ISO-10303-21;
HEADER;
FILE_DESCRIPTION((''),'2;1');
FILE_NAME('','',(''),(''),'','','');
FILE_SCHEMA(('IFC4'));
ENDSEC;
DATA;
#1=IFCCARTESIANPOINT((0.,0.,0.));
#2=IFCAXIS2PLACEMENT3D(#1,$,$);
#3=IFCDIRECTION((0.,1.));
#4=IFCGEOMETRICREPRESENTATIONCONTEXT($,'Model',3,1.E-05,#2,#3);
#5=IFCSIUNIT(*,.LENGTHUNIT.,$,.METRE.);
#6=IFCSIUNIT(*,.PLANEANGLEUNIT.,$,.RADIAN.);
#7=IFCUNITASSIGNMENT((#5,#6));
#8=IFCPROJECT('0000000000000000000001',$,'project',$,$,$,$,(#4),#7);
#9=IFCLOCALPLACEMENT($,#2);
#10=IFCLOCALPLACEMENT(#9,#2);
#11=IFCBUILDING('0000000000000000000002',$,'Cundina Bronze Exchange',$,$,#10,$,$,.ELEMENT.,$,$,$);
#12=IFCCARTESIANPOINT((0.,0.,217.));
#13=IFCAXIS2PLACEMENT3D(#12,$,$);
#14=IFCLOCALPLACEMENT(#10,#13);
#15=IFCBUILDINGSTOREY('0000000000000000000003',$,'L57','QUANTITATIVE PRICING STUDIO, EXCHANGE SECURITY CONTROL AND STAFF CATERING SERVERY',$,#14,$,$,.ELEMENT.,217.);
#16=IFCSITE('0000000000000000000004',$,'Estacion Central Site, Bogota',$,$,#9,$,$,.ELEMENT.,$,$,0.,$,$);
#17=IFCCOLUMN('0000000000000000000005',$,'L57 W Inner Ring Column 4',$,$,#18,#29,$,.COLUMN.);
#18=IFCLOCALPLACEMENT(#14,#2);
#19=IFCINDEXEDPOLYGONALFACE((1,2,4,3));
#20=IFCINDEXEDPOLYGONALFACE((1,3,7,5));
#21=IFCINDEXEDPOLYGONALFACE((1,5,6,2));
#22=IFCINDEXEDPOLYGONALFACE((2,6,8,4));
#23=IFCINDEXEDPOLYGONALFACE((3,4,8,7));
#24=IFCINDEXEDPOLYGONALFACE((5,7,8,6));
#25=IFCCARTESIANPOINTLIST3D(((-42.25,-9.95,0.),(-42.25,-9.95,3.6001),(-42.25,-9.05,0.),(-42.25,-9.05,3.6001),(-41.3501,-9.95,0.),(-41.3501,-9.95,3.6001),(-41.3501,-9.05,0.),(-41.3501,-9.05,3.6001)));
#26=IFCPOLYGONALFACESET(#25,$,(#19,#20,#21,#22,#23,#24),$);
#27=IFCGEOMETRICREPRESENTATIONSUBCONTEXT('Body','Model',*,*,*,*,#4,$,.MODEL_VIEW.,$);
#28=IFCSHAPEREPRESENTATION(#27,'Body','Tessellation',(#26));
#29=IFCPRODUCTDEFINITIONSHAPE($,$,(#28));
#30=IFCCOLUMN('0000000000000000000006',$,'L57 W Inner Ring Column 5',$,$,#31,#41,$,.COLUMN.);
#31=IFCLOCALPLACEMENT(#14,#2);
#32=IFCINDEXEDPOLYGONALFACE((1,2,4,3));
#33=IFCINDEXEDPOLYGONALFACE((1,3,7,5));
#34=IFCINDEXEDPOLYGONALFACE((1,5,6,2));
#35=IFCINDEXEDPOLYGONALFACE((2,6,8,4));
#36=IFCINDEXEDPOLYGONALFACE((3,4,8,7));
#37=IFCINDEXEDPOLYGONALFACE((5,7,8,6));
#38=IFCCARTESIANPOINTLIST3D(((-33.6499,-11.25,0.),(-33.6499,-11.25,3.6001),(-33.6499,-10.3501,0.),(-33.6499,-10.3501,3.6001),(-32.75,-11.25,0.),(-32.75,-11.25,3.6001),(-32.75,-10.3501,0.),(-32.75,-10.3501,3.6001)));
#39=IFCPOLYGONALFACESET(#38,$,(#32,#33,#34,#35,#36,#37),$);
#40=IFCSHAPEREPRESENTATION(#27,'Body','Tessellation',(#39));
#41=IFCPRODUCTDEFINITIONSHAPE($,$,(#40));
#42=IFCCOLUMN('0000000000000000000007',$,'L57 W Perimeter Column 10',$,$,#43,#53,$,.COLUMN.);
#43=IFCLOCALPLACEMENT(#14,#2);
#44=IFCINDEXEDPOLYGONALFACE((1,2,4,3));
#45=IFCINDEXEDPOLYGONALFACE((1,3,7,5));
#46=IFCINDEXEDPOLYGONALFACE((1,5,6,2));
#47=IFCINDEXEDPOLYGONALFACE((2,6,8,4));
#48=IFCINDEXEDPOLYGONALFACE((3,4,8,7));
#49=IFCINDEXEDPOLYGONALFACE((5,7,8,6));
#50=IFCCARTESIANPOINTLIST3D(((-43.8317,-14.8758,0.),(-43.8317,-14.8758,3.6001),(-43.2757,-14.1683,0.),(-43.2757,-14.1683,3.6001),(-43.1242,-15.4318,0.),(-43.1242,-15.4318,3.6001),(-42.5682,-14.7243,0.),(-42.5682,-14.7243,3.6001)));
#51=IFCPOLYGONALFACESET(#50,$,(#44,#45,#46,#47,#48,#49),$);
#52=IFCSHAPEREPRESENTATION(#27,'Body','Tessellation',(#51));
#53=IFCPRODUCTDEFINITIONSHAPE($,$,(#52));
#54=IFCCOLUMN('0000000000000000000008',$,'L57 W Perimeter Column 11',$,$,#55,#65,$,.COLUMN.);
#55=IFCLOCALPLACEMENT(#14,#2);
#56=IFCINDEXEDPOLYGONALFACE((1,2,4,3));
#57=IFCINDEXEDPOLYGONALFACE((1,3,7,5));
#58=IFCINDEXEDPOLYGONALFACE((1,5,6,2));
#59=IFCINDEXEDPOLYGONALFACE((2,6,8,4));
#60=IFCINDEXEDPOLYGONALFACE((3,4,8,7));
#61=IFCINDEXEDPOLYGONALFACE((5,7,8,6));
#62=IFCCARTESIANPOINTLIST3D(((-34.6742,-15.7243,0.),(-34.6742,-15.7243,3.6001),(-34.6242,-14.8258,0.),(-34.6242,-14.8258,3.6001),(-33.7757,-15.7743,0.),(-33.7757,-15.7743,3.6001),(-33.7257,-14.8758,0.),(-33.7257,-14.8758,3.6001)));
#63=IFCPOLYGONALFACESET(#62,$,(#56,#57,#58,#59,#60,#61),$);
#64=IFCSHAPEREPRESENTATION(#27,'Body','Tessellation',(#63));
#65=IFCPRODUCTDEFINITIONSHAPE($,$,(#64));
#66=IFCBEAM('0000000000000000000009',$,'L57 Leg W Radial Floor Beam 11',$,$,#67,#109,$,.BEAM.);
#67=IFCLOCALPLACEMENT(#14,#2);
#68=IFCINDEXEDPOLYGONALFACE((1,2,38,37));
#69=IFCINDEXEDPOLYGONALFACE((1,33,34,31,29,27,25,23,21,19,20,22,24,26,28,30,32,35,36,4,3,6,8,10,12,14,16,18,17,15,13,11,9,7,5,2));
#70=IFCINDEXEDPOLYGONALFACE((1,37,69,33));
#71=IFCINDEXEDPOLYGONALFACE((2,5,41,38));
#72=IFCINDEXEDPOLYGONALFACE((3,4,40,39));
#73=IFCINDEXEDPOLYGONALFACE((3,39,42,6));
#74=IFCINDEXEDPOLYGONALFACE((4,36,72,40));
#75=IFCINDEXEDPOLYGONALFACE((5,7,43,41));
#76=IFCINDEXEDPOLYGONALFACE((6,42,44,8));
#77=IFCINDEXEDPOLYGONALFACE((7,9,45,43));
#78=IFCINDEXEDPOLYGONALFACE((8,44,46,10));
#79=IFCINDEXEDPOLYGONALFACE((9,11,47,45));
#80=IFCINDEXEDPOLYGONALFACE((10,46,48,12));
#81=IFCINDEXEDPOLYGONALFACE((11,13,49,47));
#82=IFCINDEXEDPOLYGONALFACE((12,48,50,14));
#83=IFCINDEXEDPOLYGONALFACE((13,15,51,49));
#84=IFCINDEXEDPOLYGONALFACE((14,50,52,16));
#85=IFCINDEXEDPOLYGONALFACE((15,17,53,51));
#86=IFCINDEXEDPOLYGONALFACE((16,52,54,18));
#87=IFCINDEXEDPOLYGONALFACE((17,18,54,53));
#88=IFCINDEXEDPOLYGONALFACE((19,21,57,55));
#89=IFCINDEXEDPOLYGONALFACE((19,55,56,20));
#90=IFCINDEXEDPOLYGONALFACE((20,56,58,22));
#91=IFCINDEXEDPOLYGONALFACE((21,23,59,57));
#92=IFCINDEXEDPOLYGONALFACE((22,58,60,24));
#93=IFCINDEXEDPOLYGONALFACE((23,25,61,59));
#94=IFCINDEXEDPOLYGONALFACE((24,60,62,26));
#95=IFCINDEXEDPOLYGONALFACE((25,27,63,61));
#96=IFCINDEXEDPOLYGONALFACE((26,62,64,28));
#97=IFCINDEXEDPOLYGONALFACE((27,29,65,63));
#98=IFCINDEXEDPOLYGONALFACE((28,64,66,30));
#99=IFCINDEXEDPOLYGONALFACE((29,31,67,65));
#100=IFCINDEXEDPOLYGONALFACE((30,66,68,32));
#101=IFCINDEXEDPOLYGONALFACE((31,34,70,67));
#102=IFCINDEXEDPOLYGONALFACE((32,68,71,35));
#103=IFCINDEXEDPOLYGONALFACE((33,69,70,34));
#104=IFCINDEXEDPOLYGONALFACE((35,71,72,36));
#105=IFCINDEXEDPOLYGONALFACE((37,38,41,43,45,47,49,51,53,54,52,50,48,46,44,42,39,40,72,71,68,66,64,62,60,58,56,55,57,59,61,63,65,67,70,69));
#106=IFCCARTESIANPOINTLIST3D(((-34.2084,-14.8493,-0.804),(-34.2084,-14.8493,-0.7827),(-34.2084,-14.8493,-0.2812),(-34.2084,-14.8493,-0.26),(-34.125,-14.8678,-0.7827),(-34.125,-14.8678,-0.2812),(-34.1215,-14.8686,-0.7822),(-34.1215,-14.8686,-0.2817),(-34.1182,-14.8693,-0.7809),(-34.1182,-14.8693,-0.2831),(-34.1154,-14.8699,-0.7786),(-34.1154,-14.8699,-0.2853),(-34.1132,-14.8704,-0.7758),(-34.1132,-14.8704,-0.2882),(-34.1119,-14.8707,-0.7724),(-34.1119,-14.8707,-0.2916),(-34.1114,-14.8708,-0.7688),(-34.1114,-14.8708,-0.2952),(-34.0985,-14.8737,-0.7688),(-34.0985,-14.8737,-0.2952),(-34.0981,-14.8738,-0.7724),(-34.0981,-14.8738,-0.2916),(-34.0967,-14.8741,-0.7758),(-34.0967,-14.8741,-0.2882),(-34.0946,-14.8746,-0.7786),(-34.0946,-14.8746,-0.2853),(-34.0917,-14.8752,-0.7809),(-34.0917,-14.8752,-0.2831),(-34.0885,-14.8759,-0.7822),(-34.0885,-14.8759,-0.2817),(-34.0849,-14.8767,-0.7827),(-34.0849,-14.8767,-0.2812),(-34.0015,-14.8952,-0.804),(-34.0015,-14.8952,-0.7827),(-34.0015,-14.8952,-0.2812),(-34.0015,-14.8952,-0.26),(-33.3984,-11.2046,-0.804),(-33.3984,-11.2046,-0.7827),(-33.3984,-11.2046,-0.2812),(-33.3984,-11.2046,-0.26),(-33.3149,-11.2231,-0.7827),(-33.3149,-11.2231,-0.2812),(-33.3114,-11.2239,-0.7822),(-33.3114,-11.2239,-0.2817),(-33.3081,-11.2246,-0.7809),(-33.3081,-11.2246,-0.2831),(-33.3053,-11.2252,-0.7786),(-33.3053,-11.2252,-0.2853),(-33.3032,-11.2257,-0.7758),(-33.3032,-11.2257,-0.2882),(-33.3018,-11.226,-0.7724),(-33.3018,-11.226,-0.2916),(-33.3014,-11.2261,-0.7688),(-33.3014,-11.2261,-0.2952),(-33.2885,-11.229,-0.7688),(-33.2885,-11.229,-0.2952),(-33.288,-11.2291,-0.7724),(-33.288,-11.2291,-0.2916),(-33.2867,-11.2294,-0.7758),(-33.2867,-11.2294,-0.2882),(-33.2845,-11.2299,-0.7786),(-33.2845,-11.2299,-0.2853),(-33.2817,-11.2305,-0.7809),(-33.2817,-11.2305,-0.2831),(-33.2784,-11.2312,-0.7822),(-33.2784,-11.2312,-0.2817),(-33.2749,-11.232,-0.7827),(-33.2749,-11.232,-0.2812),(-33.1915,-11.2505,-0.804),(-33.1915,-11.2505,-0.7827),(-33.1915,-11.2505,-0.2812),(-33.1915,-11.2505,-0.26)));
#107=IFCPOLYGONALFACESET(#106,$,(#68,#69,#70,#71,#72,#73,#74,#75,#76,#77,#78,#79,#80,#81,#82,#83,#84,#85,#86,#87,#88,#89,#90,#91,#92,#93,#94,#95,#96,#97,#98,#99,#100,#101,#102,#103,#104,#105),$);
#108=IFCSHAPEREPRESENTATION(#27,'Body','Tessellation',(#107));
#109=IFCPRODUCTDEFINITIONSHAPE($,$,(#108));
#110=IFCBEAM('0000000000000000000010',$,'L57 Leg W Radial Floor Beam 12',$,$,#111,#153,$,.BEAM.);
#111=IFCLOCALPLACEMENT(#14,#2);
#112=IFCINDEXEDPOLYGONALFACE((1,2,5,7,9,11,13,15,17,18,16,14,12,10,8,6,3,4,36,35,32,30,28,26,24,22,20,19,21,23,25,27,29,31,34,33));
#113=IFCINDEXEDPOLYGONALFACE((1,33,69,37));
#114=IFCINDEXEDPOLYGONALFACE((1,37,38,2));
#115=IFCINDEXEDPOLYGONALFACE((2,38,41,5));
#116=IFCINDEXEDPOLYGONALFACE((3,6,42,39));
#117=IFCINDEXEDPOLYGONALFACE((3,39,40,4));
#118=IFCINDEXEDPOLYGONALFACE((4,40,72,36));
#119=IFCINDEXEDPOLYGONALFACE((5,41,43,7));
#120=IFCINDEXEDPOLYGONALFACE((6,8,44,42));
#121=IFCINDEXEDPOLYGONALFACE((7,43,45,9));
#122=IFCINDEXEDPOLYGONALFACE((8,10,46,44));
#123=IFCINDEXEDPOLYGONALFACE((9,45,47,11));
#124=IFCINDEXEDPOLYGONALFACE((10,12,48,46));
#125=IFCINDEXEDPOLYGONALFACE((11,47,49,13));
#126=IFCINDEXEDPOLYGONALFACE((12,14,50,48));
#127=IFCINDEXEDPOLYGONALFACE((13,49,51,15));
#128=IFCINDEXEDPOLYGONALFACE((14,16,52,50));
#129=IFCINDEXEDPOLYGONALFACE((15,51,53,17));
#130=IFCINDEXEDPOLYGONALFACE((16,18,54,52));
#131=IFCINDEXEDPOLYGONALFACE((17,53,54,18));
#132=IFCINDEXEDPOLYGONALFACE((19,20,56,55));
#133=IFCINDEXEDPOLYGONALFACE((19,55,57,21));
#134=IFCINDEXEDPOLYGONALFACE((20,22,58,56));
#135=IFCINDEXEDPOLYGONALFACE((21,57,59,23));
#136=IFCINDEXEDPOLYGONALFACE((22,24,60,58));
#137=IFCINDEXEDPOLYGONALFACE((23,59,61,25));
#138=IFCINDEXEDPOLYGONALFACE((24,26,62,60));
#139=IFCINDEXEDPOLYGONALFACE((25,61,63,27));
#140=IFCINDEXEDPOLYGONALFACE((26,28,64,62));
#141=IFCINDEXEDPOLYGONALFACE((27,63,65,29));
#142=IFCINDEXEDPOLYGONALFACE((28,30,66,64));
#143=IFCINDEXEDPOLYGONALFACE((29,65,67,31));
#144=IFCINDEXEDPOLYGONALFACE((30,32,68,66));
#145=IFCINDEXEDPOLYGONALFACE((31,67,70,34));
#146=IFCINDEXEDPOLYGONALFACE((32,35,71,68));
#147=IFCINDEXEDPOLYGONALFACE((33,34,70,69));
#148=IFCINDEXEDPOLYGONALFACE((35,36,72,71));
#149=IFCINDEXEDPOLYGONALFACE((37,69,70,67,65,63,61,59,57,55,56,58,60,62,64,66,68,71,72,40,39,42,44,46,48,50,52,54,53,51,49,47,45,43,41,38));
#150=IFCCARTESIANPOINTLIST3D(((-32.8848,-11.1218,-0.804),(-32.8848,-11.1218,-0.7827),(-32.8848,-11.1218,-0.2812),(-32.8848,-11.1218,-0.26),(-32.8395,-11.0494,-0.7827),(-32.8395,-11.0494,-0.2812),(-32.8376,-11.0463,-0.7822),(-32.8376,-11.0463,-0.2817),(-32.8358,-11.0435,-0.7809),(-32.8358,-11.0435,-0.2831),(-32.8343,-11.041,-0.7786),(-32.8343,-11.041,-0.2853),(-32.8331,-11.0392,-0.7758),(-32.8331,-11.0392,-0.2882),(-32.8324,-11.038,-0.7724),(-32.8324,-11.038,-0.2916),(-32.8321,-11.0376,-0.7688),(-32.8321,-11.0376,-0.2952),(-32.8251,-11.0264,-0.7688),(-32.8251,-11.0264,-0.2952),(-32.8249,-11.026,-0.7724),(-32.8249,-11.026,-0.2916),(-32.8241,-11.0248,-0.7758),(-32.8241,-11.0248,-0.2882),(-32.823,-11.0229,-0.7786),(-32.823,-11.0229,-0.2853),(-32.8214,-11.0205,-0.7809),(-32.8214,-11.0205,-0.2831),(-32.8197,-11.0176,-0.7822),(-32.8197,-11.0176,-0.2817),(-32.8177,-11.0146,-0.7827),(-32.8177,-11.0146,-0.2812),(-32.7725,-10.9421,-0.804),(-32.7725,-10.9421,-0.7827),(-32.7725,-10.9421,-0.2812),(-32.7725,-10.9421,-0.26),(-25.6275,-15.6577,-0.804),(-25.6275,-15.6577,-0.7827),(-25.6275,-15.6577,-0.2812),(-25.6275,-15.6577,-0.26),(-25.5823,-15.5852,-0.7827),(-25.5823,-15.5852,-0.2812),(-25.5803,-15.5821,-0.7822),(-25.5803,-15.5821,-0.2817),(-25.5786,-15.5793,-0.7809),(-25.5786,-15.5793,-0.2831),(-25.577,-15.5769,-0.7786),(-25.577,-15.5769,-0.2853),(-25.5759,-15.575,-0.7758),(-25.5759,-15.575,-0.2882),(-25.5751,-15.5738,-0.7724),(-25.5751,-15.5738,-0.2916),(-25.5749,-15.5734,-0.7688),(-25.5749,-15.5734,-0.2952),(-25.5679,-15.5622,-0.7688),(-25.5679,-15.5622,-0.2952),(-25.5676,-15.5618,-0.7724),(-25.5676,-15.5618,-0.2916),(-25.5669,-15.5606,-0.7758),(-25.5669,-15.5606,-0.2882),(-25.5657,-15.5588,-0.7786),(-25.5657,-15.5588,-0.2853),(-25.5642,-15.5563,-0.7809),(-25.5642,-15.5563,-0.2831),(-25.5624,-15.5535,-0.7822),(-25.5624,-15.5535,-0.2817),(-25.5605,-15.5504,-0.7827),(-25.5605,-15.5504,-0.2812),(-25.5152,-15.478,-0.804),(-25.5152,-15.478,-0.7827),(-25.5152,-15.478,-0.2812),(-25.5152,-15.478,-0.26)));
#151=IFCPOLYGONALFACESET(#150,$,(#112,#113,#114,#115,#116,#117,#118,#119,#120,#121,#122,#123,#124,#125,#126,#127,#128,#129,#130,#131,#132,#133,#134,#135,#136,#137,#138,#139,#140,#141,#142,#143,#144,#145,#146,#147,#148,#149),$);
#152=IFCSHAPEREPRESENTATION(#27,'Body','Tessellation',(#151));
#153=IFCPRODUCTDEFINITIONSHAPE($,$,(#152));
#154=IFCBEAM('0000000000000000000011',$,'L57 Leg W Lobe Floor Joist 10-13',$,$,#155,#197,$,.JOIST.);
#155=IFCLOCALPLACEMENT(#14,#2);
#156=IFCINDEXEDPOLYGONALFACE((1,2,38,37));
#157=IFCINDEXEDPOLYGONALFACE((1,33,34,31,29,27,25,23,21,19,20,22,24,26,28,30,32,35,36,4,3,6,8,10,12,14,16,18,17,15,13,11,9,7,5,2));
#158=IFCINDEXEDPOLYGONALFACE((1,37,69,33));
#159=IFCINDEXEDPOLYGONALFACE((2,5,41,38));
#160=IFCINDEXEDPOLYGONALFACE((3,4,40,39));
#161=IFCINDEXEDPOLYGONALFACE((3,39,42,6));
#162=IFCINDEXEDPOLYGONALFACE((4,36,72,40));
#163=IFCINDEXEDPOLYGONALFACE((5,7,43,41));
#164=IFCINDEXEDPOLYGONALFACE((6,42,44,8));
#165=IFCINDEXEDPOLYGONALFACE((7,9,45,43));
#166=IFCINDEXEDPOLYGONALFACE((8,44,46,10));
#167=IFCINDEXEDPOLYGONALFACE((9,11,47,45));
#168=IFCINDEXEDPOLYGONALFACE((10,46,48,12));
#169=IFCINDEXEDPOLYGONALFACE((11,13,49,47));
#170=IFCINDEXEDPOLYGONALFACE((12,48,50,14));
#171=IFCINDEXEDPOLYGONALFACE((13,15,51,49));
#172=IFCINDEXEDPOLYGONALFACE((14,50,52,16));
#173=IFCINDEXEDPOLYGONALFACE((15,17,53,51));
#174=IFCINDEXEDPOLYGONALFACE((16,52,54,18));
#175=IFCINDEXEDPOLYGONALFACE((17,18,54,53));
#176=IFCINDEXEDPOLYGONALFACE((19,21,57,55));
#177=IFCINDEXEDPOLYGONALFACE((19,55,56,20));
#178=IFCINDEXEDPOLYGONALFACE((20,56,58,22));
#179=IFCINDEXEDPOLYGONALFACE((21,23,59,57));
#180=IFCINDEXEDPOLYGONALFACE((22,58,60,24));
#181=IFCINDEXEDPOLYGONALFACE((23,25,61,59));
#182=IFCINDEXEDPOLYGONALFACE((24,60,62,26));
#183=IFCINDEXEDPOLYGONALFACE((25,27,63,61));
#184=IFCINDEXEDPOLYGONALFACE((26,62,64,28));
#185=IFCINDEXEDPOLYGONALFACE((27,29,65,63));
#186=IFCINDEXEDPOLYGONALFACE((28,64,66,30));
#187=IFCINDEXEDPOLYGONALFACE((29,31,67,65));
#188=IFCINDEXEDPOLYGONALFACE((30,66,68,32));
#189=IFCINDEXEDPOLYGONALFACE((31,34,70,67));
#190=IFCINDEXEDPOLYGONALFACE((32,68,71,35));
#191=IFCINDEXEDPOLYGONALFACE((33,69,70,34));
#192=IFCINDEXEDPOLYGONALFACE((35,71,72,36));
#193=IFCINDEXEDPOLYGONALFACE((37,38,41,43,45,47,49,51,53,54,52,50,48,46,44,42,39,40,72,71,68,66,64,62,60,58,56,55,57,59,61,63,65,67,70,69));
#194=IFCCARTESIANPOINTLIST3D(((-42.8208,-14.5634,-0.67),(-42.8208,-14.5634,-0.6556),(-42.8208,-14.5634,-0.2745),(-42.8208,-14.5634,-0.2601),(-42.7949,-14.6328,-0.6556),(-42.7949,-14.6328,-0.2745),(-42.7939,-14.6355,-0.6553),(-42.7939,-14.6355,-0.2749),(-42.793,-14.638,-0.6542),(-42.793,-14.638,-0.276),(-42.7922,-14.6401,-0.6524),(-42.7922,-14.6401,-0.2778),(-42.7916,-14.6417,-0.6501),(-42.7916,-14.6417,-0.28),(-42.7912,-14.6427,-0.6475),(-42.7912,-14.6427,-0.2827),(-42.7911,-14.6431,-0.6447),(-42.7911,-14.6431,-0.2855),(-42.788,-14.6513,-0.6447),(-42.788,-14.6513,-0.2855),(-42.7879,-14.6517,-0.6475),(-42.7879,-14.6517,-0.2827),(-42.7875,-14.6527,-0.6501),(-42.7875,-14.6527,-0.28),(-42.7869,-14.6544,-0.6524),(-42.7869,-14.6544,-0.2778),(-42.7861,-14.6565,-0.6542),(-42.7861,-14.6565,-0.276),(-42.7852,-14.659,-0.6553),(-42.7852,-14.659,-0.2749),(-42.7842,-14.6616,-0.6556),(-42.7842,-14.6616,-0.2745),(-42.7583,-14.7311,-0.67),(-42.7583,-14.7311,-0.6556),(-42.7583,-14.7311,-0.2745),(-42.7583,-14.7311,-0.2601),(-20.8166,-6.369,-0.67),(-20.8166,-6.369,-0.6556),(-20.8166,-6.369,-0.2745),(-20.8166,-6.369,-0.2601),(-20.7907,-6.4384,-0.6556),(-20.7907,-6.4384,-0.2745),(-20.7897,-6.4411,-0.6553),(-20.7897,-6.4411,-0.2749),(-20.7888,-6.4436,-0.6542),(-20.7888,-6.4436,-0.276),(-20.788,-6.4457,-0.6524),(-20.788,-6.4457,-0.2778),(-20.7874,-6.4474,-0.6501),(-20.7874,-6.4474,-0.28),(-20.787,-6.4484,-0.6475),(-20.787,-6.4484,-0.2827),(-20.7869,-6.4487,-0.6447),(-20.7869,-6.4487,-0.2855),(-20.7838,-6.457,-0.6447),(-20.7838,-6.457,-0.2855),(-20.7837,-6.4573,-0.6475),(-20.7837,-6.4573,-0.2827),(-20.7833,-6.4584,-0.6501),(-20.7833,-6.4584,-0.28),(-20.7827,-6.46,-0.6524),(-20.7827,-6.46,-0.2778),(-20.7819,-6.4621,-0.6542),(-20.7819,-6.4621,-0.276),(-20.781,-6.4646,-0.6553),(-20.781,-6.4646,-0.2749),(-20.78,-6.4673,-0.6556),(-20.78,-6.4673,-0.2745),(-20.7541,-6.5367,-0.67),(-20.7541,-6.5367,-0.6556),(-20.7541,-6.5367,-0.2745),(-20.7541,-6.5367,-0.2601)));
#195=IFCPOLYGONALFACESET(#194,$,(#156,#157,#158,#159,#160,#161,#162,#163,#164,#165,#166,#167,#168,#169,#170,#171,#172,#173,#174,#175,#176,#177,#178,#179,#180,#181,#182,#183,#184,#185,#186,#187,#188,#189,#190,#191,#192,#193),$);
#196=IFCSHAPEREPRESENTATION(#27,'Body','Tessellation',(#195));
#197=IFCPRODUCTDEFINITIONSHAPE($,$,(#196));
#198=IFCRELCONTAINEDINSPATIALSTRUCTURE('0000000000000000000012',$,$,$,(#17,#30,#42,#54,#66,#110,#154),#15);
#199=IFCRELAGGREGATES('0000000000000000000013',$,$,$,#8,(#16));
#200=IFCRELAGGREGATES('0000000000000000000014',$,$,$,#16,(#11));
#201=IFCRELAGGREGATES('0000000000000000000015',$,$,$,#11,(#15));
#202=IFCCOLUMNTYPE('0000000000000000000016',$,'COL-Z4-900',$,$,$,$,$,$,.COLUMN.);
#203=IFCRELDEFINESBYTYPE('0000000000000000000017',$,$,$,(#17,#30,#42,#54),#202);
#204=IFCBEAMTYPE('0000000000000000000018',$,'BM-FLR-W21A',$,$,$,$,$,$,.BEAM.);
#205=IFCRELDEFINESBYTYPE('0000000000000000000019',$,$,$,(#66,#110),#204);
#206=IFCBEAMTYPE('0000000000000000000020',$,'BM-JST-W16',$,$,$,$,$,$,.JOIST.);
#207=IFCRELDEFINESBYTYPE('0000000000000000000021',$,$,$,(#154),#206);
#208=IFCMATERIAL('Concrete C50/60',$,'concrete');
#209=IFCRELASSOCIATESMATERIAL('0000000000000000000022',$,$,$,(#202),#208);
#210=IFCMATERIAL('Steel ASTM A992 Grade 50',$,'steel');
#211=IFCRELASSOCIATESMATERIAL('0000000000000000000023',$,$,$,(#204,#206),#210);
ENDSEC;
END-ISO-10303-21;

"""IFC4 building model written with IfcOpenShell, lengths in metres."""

from ifc_helpers import new_model, si_unit, direction, frame, origin, origin_2d, place, context, subcontext, project, spatial, rectangle, i_section, extrude, material, material_profile, profile_set, type_object, element, save


model = new_model("IFC4")

# Units and contexts
model_context = context("Model", 3, precision=1e-05, world=origin(), true_north=direction((0.0, 1.0)))
body_context = subcontext(model_context, "Body", "Model", "MODEL_VIEW")
ifc_project = project(units=[si_unit("LENGTHUNIT", "METRE"), si_unit("PLANEANGLEUNIT", "RADIAN")], contexts=[model_context])

# Site, building, storey
site_placement = place(None, origin())
site = spatial("IfcSite", under=ifc_project, at=site_placement, Name="Estacion Central Site, Bogota", CompositionType="ELEMENT", RefElevation=0.0)
building_placement = place(site_placement, origin())
building = spatial("IfcBuilding", under=site, at=building_placement, Name="Cundina Bronze Exchange", CompositionType="ELEMENT")
storey_placement = place(building_placement, frame((0.0, 0.0, 217.0)))
storey = spatial("IfcBuildingStorey", under=building, at=storey_placement, Name="L57", Description="QUANTITATIVE PRICING STUDIO, EXCHANGE SECURITY CONTROL AND STAFF CATERING SERVERY", CompositionType="ELEMENT", Elevation=217.0)

# Columns
ifc_material_1 = material(Name="Concrete C50/60", Category="concrete")
ifc_material_profile_1 = material_profile(ifc_material_1, rectangle(XDim=0.8999, YDim=0.8999, at=origin_2d()), Name="RC900X900", Category="concrete")
ifc_profile_set_1 = profile_set([ifc_material_profile_1], Name="Concrete C50/60")
column_type = type_object("IfcColumnType", Name="COL-Z4-900", PredefinedType="COLUMN", material=ifc_profile_set_1)
for number, where, z_axis, x_axis, name in (
    (1, (-41.8, -9.5, 0.0), (0.0, 0.0, 1.0), (1.0, 0.0, 0.0), "L57 W Inner Ring Column 4"),
    (2, (-33.2, -10.8, 0.0), (0.0, 0.0, 1.0), (1.0, 0.0, 0.0), "L57 W Inner Ring Column 5"),
    (3, (-43.2, -14.8, 0.0), (0.0, 0.0, 1.0), (0.786288, -0.61786, 0.0), "L57 W Perimeter Column 10"),
    (4, (-34.2, -15.3, 0.0), (0.0, 0.0, 1.0), (0.99846, -0.055473, 0.0), "L57 W Perimeter Column 11"),
):
    element("IfcColumn", number, at=place(storey_placement, frame(where, z_axis=z_axis, x_axis=x_axis)), inside=storey, type_object=column_type, Name=name, PredefinedType="COLUMN", context=body_context, shape_type="SweptSolid", body=[
        extrude(rectangle(XDim=0.8999, YDim=0.8999, at=origin_2d()), origin(), (0.0, 0.0, 1.0), 3.6001),
    ])

# Beams
ifc_material_2 = material(Name="Steel ASTM A992 Grade 50", Category="steel")
ifc_material_profile_2 = material_profile(ifc_material_2, i_section(OverallWidth=0.2119, OverallDepth=0.5439, WebThickness=0.0132, FlangeThickness=0.0212, FilletRadius=0.0139, at=origin_2d()), Name="W21X83", Category="steel")
ifc_profile_set_2 = profile_set([ifc_material_profile_2], Name="Steel ASTM A992 Grade 50")
beam_type_1 = type_object("IfcBeamType", Name="BM-FLR-W21A", PredefinedType="BEAM", material=ifc_profile_set_2)
beam_1_placement = place(storey_placement, frame((-33.2949, -11.2275, -0.532), z_axis=(-0.216958, -0.976181, 0.0), x_axis=(0.976181, -0.216958, 0.0)))
element("IfcBeam", 5, at=beam_1_placement, inside=storey, type_object=beam_type_1, Name="L57 Leg W Radial Floor Beam 11", PredefinedType="BEAM", context=body_context, shape_type="SweptSolid", body=[
    extrude(i_section(OverallWidth=0.2119, OverallDepth=0.5439, WebThickness=0.0132, FlangeThickness=0.0212, FilletRadius=0.0139, at=origin_2d()), origin(), (0.0, 0.0, 1.0), 3.7336),
])
beam_2_placement = place(storey_placement, frame((-32.8286, -11.032, -0.532), z_axis=(0.847995, -0.530004, 0.0), x_axis=(0.530004, 0.847995, 0.0)))
element("IfcBeam", 6, at=beam_2_placement, inside=storey, type_object=beam_type_1, Name="L57 Leg W Radial Floor Beam 12", PredefinedType="BEAM", context=body_context, shape_type="SweptSolid", body=[
    extrude(i_section(OverallWidth=0.2119, OverallDepth=0.5439, WebThickness=0.0132, FlangeThickness=0.0212, FilletRadius=0.0139, at=origin_2d()), origin(), (0.0, 0.0, 1.0), 8.5581),
])
ifc_material_profile_3 = material_profile(ifc_material_2, i_section(OverallWidth=0.179, OverallDepth=0.4099, WebThickness=0.0088, FlangeThickness=0.0144, FilletRadius=0.011, at=origin_2d()), Name="W16X45", Category="steel")
ifc_profile_set_3 = profile_set([ifc_material_profile_3], Name="Steel ASTM A992 Grade 50")
beam_type_2 = type_object("IfcBeamType", Name="BM-JST-W16", PredefinedType="JOIST", material=ifc_profile_set_3)
beam_3_placement = place(storey_placement, frame((-42.7896, -14.6472, -0.4651), z_axis=(0.937128, 0.348986, 0.0), x_axis=(-0.348986, 0.937128, 0.0)))
element("IfcBeam", 7, at=beam_3_placement, inside=storey, type_object=beam_type_2, Name="L57 Leg W Lobe Floor Joist 10-13", PredefinedType="JOIST", context=body_context, shape_type="SweptSolid", body=[
    extrude(i_section(OverallWidth=0.179, OverallDepth=0.4099, WebThickness=0.0088, FlangeThickness=0.0144, FilletRadius=0.011, at=origin_2d()), origin(), (0.0, 0.0, 1.0), 23.4805),
])

save(model, "model.ifc")
